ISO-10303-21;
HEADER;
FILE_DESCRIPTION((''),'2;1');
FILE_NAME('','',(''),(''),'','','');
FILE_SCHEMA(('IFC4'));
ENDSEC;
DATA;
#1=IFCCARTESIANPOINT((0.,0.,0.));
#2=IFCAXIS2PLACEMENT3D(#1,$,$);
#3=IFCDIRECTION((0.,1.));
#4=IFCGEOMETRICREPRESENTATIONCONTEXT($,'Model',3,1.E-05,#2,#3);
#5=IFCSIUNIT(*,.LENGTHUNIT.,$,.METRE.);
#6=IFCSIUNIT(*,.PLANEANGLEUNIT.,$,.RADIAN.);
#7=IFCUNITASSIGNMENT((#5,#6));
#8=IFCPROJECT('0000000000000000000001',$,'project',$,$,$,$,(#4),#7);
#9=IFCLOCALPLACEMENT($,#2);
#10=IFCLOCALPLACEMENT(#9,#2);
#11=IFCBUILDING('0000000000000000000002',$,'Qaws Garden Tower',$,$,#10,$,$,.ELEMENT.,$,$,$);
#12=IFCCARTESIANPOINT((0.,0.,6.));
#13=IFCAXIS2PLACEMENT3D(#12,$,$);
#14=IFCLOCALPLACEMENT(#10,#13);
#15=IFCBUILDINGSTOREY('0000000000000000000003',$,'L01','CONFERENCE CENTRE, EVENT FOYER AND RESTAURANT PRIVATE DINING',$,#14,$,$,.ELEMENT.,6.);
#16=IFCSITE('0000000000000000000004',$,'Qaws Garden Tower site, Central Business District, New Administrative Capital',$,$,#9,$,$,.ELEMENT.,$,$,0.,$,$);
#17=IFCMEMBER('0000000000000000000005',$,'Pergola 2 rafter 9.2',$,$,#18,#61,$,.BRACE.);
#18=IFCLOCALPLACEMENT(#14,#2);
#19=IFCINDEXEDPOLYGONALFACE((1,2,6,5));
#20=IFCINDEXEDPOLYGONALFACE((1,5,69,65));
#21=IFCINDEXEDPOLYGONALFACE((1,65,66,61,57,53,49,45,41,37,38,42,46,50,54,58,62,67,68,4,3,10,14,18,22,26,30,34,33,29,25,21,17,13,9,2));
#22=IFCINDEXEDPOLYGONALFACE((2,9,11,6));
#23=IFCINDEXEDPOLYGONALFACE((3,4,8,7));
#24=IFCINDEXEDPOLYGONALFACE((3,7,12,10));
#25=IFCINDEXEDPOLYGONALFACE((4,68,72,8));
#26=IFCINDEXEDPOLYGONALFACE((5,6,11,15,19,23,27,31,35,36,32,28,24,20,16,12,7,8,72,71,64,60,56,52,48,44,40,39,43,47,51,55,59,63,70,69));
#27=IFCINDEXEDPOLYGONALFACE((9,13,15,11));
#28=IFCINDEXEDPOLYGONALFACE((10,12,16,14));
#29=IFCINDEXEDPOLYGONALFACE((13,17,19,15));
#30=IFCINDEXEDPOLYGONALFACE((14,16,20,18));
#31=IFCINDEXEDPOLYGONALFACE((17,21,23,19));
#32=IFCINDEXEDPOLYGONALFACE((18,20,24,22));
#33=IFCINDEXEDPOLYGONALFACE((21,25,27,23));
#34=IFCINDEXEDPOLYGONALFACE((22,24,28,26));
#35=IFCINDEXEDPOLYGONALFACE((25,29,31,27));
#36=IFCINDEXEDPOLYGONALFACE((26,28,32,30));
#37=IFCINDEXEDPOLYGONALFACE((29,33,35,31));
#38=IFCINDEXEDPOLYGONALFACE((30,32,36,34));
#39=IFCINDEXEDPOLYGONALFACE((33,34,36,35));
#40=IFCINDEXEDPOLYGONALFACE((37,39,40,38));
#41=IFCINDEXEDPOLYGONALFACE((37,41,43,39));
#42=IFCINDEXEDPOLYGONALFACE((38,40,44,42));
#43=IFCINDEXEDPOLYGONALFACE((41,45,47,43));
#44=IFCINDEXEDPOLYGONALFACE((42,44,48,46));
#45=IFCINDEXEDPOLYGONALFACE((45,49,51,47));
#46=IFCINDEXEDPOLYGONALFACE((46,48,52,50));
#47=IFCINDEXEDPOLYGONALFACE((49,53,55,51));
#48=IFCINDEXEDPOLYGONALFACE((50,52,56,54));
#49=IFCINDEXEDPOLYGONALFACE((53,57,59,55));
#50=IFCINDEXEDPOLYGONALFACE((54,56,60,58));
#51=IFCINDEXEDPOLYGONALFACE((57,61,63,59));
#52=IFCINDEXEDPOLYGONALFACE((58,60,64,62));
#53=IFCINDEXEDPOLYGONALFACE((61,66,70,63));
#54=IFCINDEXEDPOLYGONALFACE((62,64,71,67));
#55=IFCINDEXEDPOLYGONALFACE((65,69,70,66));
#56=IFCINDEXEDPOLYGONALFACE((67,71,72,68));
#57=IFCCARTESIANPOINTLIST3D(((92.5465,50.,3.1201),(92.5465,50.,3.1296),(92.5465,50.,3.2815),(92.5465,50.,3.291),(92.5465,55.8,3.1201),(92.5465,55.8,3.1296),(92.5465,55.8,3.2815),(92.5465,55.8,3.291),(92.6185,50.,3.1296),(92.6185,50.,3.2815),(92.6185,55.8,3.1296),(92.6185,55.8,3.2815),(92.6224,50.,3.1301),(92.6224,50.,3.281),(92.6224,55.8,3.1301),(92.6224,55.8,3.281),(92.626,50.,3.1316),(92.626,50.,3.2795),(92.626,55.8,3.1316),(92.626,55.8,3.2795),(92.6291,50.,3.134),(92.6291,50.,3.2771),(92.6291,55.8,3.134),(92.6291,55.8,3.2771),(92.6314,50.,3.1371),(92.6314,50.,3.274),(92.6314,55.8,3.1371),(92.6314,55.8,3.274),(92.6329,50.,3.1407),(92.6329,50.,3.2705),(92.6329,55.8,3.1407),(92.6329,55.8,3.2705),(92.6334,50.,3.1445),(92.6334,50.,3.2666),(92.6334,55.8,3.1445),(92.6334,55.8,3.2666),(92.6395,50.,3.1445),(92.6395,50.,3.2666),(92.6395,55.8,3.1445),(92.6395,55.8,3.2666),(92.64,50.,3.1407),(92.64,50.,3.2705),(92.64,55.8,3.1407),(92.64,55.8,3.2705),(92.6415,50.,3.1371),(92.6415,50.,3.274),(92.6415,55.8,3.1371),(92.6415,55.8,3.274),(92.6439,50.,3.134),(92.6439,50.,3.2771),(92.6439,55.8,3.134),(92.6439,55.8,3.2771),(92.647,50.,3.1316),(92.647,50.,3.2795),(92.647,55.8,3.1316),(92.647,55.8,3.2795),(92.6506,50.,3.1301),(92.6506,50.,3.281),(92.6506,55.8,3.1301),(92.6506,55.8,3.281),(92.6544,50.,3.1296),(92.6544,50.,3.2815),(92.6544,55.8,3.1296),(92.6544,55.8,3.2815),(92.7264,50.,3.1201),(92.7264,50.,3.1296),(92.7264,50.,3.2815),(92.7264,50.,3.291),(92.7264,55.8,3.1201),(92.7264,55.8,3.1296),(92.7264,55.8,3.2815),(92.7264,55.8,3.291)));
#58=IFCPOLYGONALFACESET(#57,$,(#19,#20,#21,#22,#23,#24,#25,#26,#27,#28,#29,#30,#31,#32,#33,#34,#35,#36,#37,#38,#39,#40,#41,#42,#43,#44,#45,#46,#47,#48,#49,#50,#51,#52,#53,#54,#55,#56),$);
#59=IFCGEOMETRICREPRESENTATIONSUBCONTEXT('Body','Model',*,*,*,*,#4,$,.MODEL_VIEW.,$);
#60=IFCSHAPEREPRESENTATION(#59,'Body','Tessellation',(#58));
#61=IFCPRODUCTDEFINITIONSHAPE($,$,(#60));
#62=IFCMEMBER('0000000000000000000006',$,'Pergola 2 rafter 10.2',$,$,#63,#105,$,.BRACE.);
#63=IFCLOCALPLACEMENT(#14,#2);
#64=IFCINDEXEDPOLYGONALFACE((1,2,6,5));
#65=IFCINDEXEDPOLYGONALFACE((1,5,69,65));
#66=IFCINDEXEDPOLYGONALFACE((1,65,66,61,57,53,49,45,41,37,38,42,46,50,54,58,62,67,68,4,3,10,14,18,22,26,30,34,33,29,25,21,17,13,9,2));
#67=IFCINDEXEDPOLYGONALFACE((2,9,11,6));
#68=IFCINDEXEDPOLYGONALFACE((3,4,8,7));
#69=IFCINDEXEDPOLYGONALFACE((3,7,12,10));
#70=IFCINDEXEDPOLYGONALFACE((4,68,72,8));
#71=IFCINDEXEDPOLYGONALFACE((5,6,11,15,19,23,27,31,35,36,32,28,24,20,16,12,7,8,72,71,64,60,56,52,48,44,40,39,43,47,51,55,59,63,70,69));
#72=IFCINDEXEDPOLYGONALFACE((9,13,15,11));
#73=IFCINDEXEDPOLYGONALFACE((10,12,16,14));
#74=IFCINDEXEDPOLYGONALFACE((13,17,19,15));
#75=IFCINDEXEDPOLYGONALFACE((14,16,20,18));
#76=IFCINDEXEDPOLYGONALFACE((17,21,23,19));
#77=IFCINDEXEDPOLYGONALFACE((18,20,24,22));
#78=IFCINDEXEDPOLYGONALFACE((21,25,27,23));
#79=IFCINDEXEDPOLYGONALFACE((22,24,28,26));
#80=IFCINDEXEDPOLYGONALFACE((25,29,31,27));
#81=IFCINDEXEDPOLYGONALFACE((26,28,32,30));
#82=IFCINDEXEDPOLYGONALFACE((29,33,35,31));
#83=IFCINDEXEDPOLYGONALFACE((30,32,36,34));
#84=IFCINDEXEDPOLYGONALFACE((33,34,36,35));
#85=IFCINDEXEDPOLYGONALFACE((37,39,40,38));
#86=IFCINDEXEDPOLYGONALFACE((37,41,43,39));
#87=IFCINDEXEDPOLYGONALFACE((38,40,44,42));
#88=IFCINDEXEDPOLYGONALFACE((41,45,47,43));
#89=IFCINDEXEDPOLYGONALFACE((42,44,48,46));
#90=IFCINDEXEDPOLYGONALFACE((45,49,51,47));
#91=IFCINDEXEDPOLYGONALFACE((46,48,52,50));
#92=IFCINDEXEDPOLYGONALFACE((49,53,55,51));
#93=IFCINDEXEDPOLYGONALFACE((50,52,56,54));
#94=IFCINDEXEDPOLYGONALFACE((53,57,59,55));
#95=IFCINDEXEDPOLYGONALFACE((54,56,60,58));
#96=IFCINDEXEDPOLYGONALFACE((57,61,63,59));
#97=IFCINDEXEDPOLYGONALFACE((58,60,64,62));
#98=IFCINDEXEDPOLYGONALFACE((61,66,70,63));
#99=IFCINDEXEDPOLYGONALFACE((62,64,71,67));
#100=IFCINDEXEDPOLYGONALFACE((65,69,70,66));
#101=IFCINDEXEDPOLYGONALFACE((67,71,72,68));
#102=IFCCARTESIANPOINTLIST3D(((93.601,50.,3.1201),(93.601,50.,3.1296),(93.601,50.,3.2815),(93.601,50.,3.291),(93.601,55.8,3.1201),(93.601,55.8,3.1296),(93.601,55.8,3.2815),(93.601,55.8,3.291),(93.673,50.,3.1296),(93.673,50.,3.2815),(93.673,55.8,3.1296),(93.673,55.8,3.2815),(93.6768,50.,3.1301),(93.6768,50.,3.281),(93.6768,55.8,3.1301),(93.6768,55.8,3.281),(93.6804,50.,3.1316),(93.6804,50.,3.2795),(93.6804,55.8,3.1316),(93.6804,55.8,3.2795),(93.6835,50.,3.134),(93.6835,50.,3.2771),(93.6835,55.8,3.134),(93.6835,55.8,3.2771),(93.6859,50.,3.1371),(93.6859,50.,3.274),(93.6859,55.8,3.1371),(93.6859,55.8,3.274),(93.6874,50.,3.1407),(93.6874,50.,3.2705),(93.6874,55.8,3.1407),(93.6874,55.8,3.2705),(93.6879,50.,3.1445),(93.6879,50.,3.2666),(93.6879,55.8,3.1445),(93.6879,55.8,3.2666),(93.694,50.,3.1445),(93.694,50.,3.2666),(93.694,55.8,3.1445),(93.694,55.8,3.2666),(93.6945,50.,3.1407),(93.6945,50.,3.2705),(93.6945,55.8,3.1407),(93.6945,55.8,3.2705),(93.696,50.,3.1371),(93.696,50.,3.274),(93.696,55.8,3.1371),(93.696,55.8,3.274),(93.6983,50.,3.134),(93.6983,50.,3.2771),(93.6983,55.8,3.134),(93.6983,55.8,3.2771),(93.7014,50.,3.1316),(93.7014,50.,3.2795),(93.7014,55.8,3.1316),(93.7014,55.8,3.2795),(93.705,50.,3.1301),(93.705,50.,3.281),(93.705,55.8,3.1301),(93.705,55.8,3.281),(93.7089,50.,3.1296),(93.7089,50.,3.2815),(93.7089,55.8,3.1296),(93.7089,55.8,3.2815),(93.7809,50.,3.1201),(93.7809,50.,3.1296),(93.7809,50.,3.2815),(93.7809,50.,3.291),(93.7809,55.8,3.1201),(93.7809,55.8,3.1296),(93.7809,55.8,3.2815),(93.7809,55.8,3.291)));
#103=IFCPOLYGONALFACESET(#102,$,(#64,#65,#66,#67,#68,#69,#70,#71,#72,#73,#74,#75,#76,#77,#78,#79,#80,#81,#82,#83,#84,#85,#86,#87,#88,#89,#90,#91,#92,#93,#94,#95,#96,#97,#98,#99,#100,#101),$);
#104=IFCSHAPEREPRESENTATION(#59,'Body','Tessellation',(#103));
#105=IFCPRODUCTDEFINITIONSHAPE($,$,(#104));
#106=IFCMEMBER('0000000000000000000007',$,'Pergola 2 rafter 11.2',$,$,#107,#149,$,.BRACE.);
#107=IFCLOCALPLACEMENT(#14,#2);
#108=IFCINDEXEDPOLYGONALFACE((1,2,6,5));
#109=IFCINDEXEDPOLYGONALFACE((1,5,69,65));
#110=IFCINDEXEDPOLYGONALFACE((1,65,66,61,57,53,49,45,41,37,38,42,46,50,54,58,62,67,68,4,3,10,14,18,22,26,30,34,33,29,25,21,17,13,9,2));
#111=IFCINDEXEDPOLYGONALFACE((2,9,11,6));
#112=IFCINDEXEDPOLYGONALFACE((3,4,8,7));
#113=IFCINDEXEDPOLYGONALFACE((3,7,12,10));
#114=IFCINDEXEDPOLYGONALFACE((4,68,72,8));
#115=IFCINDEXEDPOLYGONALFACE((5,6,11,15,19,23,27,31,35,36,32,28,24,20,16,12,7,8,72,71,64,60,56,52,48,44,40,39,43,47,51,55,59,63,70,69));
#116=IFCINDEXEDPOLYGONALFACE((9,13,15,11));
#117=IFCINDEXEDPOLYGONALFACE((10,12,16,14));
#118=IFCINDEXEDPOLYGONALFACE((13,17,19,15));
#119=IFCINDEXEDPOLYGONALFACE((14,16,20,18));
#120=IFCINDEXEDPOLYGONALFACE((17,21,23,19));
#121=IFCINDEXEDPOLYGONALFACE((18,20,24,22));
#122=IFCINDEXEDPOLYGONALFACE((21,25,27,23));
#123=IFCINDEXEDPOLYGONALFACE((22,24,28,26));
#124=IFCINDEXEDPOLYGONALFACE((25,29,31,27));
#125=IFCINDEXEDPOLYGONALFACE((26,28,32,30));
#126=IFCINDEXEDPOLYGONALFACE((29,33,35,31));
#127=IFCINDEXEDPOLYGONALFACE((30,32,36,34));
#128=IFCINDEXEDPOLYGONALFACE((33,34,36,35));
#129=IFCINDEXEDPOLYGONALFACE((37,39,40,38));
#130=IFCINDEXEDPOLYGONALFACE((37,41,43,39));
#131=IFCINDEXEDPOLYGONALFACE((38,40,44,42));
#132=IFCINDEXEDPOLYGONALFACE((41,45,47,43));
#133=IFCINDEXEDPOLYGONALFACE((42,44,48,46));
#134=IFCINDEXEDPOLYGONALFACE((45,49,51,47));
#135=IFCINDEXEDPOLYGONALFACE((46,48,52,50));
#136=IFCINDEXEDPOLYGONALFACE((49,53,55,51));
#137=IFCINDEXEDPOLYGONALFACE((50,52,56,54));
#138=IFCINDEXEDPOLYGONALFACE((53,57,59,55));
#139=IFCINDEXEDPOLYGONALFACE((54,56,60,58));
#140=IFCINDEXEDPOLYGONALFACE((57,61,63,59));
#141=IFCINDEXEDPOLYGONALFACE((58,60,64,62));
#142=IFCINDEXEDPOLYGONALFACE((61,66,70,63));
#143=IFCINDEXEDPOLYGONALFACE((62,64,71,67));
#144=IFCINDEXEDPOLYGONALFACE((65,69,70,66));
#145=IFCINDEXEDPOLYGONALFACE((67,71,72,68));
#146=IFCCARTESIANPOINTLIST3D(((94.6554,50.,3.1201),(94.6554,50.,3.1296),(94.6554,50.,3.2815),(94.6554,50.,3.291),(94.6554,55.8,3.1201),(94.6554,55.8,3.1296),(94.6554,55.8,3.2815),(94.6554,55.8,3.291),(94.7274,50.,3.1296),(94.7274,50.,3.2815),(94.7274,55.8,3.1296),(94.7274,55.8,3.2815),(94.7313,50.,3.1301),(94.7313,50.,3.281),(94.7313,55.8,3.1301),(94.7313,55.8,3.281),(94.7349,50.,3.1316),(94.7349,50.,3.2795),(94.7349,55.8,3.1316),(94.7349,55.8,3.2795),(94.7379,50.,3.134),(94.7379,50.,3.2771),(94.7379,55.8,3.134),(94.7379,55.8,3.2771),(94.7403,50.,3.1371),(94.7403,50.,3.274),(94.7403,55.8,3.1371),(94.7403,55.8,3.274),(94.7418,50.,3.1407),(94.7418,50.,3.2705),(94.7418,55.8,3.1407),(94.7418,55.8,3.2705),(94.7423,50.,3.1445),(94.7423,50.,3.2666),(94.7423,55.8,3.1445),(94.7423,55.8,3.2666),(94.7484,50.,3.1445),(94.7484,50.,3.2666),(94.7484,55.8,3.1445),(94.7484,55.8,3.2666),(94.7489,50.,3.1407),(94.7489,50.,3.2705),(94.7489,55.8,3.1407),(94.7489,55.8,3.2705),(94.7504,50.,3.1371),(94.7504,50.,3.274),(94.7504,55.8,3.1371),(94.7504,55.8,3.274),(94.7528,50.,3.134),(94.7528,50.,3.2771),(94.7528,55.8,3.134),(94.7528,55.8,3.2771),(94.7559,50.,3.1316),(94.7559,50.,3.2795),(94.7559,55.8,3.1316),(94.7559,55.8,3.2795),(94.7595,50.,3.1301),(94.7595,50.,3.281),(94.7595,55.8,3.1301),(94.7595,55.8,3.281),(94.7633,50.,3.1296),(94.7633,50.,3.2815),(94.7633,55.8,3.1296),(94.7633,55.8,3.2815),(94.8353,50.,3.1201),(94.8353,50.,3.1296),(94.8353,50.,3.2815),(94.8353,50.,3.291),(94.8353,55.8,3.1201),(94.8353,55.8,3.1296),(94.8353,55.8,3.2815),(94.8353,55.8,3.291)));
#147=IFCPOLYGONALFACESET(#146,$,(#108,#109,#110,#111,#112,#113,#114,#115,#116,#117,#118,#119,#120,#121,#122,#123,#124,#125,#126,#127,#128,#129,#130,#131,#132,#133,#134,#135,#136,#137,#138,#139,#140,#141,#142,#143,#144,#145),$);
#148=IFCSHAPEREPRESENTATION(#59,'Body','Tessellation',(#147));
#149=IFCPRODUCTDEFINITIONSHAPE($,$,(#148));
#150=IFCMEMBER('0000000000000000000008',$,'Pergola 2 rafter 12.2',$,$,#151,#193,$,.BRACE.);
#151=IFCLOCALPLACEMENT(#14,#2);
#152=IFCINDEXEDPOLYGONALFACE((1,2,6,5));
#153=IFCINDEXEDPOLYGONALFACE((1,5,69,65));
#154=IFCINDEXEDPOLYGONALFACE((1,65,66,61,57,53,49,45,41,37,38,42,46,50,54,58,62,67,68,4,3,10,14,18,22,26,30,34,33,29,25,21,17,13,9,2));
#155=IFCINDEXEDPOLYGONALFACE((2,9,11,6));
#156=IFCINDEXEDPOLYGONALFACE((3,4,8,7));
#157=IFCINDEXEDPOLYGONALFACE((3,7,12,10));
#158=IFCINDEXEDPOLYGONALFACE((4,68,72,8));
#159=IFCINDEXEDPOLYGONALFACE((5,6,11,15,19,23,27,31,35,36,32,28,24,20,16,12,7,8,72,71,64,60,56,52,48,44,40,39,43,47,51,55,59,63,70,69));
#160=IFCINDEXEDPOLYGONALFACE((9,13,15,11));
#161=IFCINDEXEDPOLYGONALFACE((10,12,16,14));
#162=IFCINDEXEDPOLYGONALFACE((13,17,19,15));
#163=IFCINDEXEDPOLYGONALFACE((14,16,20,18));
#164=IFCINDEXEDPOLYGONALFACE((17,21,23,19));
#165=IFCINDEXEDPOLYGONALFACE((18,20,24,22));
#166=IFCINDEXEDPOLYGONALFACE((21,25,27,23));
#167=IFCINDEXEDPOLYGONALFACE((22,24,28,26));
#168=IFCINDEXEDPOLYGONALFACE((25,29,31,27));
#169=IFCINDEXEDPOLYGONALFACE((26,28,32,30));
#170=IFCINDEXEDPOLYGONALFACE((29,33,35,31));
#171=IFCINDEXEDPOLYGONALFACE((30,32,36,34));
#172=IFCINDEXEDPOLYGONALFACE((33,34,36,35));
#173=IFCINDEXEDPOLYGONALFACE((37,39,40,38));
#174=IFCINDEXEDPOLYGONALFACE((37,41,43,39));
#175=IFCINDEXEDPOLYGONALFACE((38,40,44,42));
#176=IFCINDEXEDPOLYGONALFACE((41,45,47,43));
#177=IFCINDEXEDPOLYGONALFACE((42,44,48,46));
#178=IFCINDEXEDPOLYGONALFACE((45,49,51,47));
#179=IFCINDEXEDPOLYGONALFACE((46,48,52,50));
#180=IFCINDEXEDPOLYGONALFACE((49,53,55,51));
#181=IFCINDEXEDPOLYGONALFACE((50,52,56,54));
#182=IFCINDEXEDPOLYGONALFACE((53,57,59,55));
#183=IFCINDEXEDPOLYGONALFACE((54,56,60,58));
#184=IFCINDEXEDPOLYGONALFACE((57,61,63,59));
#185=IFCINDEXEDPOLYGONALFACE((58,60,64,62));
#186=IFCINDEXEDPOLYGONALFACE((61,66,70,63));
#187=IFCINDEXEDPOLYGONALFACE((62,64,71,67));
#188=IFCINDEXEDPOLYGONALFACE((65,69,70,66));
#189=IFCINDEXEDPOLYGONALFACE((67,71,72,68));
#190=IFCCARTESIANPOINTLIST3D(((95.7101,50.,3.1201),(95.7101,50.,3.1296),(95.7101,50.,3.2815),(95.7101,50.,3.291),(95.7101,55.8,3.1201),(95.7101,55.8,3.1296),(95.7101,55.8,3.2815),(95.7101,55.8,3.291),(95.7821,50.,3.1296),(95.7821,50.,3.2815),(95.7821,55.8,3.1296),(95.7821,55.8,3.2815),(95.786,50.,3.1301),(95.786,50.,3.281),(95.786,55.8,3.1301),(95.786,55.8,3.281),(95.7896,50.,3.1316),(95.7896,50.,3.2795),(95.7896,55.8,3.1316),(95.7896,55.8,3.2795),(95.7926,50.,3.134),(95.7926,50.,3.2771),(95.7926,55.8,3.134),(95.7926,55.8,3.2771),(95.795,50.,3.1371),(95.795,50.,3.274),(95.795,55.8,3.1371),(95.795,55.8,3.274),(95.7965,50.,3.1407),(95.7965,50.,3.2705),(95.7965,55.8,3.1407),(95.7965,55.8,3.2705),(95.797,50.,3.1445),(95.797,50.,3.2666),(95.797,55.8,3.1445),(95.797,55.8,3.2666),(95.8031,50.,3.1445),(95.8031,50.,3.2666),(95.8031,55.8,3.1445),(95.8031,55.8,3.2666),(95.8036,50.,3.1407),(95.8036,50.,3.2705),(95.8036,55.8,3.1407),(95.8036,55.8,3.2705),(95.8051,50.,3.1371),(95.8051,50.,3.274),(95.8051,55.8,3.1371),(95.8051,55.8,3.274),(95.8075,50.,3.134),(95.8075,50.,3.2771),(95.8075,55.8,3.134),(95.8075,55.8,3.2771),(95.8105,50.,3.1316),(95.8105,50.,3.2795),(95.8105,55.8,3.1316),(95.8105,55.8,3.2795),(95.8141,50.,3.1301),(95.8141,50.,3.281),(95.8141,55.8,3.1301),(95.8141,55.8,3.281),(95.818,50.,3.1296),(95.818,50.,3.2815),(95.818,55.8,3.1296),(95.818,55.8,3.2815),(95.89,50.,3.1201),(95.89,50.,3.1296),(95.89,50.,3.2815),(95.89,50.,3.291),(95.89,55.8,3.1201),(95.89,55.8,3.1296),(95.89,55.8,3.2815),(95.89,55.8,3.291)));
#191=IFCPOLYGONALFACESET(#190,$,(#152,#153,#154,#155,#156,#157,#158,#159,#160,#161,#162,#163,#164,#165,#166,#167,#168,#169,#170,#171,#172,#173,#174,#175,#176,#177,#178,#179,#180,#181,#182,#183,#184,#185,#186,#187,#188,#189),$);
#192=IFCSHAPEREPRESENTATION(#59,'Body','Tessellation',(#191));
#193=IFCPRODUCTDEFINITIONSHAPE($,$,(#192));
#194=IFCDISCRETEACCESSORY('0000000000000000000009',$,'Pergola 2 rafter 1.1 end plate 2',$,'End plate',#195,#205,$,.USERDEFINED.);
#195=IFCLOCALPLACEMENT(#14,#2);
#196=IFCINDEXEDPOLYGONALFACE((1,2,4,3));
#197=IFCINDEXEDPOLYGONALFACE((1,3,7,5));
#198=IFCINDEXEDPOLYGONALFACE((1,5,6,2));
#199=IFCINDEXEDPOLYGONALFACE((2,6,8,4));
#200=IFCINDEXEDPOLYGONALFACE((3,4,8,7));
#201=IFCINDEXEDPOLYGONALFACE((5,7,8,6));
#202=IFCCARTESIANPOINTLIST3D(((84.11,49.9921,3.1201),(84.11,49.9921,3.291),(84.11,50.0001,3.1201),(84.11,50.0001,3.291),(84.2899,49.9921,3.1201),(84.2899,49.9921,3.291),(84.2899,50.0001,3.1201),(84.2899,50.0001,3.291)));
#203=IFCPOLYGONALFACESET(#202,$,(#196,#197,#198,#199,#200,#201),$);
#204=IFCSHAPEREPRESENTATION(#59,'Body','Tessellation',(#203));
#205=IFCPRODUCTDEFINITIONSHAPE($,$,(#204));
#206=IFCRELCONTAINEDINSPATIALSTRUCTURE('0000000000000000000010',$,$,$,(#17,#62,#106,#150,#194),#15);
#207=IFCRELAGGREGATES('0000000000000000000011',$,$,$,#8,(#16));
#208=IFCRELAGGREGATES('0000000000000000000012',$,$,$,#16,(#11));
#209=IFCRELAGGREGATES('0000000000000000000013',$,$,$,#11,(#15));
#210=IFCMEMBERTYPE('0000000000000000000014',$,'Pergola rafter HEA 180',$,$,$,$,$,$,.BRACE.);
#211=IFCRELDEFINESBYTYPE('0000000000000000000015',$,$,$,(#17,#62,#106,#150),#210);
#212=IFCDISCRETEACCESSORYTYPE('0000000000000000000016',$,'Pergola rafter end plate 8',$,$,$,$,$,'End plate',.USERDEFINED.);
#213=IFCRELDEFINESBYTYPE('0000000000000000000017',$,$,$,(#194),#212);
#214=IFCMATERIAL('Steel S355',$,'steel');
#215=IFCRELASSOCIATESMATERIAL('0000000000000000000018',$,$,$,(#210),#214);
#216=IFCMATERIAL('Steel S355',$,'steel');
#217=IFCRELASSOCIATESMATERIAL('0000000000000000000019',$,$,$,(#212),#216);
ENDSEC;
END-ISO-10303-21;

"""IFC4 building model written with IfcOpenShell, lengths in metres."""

from ifc_helpers import new_model, si_unit, direction, frame, origin, origin_2d, place, context, subcontext, project, spatial, rectangle, i_section, extrude, material, material_profile, profile_set, type_object, element, save


model = new_model("IFC4")

# Units and contexts
model_context = context("Model", 3, precision=1e-05, world=origin(), true_north=direction((0.0, 1.0)))
body_context = subcontext(model_context, "Body", "Model", "MODEL_VIEW")
ifc_project = project(units=[si_unit("LENGTHUNIT", "METRE"), si_unit("PLANEANGLEUNIT", "RADIAN")], contexts=[model_context])

# Site, building, storey
site_placement = place(None, origin())
site = spatial("IfcSite", under=ifc_project, at=site_placement, Name="Qaws Garden Tower site, Central Business District, New Administrative Capital", CompositionType="ELEMENT", RefElevation=0.0)
building_placement = place(site_placement, origin())
building = spatial("IfcBuilding", under=site, at=building_placement, Name="Qaws Garden Tower", CompositionType="ELEMENT")
storey_placement = place(building_placement, frame((0.0, 0.0, 6.0)))
storey = spatial("IfcBuildingStorey", under=building, at=storey_placement, Name="L01", Description="CONFERENCE CENTRE, EVENT FOYER AND RESTAURANT PRIVATE DINING", CompositionType="ELEMENT", Elevation=6.0)

# Members
ifc_material_1 = material(Name="Steel S355", Category="steel")
ifc_material_profile_1 = material_profile(ifc_material_1, i_section(OverallWidth=0.1799, OverallDepth=0.1709, WebThickness=0.0061, FlangeThickness=0.0095, FilletRadius=0.0149, at=origin_2d()), Name="HEA 180")
ifc_profile_set_1 = profile_set([ifc_material_profile_1], Name="Steel S355")
member_type = type_object("IfcMemberType", Name="Pergola rafter HEA 180", PredefinedType="BRACE", material=ifc_profile_set_1)
for number, where, z_axis, x_axis, name in (
    (1, (92.6365, 50.0, 3.2056), (0.0, 1.0, 0.0), (-1.0, 0.0, 0.0), "Pergola 2 rafter 9.2"),
    (2, (93.6909, 50.0, 3.2056), (0.0, 1.0, 0.0), (-1.0, 0.0, 0.0), "Pergola 2 rafter 10.2"),
    (3, (94.7454, 50.0, 3.2056), (0.0, 1.0, 0.0), (-1.0, 0.0, 0.0), "Pergola 2 rafter 11.2"),
    (4, (95.8, 50.0, 3.2056), (0.0, 1.0, 0.0), (-1.0, 0.0, 0.0), "Pergola 2 rafter 12.2"),
):
    element("IfcMember", number, at=place(storey_placement, frame(where, z_axis=z_axis, x_axis=x_axis)), inside=storey, type_object=member_type, Name=name, PredefinedType="BRACE", context=body_context, shape_type="SweptSolid", body=[
        extrude(i_section(OverallWidth=0.1799, OverallDepth=0.1709, WebThickness=0.0061, FlangeThickness=0.0095, FilletRadius=0.0149, at=origin_2d()), origin(), (0.0, 0.0, 1.0), 5.8),
    ])

# Discrete accessory
ifc_material_2 = material(Name="Steel S355", Category="steel")
discrete_accessory_type = type_object("IfcDiscreteAccessoryType", Name="Pergola rafter end plate 8", ElementType="End plate", PredefinedType="USERDEFINED", material=ifc_material_2)
for number, where, z_axis, x_axis, name in (
    (5, (84.2, 49.9961, 3.1201), (0.0, 0.0, 1.0), (1.0, 0.0, 0.0), "Pergola 2 rafter 1.1 end plate 2"),
):
    element("IfcDiscreteAccessory", number, at=place(storey_placement, frame(where, z_axis=z_axis, x_axis=x_axis)), inside=storey, type_object=discrete_accessory_type, Name=name, ObjectType="End plate", PredefinedType="USERDEFINED", context=body_context, shape_type="SweptSolid", body=[
        extrude(rectangle(XDim=0.1799, YDim=0.0081, at=origin_2d()), origin(), (0.0, 0.0, 1.0), 0.1709),
    ])

save(model, "model.ifc")
